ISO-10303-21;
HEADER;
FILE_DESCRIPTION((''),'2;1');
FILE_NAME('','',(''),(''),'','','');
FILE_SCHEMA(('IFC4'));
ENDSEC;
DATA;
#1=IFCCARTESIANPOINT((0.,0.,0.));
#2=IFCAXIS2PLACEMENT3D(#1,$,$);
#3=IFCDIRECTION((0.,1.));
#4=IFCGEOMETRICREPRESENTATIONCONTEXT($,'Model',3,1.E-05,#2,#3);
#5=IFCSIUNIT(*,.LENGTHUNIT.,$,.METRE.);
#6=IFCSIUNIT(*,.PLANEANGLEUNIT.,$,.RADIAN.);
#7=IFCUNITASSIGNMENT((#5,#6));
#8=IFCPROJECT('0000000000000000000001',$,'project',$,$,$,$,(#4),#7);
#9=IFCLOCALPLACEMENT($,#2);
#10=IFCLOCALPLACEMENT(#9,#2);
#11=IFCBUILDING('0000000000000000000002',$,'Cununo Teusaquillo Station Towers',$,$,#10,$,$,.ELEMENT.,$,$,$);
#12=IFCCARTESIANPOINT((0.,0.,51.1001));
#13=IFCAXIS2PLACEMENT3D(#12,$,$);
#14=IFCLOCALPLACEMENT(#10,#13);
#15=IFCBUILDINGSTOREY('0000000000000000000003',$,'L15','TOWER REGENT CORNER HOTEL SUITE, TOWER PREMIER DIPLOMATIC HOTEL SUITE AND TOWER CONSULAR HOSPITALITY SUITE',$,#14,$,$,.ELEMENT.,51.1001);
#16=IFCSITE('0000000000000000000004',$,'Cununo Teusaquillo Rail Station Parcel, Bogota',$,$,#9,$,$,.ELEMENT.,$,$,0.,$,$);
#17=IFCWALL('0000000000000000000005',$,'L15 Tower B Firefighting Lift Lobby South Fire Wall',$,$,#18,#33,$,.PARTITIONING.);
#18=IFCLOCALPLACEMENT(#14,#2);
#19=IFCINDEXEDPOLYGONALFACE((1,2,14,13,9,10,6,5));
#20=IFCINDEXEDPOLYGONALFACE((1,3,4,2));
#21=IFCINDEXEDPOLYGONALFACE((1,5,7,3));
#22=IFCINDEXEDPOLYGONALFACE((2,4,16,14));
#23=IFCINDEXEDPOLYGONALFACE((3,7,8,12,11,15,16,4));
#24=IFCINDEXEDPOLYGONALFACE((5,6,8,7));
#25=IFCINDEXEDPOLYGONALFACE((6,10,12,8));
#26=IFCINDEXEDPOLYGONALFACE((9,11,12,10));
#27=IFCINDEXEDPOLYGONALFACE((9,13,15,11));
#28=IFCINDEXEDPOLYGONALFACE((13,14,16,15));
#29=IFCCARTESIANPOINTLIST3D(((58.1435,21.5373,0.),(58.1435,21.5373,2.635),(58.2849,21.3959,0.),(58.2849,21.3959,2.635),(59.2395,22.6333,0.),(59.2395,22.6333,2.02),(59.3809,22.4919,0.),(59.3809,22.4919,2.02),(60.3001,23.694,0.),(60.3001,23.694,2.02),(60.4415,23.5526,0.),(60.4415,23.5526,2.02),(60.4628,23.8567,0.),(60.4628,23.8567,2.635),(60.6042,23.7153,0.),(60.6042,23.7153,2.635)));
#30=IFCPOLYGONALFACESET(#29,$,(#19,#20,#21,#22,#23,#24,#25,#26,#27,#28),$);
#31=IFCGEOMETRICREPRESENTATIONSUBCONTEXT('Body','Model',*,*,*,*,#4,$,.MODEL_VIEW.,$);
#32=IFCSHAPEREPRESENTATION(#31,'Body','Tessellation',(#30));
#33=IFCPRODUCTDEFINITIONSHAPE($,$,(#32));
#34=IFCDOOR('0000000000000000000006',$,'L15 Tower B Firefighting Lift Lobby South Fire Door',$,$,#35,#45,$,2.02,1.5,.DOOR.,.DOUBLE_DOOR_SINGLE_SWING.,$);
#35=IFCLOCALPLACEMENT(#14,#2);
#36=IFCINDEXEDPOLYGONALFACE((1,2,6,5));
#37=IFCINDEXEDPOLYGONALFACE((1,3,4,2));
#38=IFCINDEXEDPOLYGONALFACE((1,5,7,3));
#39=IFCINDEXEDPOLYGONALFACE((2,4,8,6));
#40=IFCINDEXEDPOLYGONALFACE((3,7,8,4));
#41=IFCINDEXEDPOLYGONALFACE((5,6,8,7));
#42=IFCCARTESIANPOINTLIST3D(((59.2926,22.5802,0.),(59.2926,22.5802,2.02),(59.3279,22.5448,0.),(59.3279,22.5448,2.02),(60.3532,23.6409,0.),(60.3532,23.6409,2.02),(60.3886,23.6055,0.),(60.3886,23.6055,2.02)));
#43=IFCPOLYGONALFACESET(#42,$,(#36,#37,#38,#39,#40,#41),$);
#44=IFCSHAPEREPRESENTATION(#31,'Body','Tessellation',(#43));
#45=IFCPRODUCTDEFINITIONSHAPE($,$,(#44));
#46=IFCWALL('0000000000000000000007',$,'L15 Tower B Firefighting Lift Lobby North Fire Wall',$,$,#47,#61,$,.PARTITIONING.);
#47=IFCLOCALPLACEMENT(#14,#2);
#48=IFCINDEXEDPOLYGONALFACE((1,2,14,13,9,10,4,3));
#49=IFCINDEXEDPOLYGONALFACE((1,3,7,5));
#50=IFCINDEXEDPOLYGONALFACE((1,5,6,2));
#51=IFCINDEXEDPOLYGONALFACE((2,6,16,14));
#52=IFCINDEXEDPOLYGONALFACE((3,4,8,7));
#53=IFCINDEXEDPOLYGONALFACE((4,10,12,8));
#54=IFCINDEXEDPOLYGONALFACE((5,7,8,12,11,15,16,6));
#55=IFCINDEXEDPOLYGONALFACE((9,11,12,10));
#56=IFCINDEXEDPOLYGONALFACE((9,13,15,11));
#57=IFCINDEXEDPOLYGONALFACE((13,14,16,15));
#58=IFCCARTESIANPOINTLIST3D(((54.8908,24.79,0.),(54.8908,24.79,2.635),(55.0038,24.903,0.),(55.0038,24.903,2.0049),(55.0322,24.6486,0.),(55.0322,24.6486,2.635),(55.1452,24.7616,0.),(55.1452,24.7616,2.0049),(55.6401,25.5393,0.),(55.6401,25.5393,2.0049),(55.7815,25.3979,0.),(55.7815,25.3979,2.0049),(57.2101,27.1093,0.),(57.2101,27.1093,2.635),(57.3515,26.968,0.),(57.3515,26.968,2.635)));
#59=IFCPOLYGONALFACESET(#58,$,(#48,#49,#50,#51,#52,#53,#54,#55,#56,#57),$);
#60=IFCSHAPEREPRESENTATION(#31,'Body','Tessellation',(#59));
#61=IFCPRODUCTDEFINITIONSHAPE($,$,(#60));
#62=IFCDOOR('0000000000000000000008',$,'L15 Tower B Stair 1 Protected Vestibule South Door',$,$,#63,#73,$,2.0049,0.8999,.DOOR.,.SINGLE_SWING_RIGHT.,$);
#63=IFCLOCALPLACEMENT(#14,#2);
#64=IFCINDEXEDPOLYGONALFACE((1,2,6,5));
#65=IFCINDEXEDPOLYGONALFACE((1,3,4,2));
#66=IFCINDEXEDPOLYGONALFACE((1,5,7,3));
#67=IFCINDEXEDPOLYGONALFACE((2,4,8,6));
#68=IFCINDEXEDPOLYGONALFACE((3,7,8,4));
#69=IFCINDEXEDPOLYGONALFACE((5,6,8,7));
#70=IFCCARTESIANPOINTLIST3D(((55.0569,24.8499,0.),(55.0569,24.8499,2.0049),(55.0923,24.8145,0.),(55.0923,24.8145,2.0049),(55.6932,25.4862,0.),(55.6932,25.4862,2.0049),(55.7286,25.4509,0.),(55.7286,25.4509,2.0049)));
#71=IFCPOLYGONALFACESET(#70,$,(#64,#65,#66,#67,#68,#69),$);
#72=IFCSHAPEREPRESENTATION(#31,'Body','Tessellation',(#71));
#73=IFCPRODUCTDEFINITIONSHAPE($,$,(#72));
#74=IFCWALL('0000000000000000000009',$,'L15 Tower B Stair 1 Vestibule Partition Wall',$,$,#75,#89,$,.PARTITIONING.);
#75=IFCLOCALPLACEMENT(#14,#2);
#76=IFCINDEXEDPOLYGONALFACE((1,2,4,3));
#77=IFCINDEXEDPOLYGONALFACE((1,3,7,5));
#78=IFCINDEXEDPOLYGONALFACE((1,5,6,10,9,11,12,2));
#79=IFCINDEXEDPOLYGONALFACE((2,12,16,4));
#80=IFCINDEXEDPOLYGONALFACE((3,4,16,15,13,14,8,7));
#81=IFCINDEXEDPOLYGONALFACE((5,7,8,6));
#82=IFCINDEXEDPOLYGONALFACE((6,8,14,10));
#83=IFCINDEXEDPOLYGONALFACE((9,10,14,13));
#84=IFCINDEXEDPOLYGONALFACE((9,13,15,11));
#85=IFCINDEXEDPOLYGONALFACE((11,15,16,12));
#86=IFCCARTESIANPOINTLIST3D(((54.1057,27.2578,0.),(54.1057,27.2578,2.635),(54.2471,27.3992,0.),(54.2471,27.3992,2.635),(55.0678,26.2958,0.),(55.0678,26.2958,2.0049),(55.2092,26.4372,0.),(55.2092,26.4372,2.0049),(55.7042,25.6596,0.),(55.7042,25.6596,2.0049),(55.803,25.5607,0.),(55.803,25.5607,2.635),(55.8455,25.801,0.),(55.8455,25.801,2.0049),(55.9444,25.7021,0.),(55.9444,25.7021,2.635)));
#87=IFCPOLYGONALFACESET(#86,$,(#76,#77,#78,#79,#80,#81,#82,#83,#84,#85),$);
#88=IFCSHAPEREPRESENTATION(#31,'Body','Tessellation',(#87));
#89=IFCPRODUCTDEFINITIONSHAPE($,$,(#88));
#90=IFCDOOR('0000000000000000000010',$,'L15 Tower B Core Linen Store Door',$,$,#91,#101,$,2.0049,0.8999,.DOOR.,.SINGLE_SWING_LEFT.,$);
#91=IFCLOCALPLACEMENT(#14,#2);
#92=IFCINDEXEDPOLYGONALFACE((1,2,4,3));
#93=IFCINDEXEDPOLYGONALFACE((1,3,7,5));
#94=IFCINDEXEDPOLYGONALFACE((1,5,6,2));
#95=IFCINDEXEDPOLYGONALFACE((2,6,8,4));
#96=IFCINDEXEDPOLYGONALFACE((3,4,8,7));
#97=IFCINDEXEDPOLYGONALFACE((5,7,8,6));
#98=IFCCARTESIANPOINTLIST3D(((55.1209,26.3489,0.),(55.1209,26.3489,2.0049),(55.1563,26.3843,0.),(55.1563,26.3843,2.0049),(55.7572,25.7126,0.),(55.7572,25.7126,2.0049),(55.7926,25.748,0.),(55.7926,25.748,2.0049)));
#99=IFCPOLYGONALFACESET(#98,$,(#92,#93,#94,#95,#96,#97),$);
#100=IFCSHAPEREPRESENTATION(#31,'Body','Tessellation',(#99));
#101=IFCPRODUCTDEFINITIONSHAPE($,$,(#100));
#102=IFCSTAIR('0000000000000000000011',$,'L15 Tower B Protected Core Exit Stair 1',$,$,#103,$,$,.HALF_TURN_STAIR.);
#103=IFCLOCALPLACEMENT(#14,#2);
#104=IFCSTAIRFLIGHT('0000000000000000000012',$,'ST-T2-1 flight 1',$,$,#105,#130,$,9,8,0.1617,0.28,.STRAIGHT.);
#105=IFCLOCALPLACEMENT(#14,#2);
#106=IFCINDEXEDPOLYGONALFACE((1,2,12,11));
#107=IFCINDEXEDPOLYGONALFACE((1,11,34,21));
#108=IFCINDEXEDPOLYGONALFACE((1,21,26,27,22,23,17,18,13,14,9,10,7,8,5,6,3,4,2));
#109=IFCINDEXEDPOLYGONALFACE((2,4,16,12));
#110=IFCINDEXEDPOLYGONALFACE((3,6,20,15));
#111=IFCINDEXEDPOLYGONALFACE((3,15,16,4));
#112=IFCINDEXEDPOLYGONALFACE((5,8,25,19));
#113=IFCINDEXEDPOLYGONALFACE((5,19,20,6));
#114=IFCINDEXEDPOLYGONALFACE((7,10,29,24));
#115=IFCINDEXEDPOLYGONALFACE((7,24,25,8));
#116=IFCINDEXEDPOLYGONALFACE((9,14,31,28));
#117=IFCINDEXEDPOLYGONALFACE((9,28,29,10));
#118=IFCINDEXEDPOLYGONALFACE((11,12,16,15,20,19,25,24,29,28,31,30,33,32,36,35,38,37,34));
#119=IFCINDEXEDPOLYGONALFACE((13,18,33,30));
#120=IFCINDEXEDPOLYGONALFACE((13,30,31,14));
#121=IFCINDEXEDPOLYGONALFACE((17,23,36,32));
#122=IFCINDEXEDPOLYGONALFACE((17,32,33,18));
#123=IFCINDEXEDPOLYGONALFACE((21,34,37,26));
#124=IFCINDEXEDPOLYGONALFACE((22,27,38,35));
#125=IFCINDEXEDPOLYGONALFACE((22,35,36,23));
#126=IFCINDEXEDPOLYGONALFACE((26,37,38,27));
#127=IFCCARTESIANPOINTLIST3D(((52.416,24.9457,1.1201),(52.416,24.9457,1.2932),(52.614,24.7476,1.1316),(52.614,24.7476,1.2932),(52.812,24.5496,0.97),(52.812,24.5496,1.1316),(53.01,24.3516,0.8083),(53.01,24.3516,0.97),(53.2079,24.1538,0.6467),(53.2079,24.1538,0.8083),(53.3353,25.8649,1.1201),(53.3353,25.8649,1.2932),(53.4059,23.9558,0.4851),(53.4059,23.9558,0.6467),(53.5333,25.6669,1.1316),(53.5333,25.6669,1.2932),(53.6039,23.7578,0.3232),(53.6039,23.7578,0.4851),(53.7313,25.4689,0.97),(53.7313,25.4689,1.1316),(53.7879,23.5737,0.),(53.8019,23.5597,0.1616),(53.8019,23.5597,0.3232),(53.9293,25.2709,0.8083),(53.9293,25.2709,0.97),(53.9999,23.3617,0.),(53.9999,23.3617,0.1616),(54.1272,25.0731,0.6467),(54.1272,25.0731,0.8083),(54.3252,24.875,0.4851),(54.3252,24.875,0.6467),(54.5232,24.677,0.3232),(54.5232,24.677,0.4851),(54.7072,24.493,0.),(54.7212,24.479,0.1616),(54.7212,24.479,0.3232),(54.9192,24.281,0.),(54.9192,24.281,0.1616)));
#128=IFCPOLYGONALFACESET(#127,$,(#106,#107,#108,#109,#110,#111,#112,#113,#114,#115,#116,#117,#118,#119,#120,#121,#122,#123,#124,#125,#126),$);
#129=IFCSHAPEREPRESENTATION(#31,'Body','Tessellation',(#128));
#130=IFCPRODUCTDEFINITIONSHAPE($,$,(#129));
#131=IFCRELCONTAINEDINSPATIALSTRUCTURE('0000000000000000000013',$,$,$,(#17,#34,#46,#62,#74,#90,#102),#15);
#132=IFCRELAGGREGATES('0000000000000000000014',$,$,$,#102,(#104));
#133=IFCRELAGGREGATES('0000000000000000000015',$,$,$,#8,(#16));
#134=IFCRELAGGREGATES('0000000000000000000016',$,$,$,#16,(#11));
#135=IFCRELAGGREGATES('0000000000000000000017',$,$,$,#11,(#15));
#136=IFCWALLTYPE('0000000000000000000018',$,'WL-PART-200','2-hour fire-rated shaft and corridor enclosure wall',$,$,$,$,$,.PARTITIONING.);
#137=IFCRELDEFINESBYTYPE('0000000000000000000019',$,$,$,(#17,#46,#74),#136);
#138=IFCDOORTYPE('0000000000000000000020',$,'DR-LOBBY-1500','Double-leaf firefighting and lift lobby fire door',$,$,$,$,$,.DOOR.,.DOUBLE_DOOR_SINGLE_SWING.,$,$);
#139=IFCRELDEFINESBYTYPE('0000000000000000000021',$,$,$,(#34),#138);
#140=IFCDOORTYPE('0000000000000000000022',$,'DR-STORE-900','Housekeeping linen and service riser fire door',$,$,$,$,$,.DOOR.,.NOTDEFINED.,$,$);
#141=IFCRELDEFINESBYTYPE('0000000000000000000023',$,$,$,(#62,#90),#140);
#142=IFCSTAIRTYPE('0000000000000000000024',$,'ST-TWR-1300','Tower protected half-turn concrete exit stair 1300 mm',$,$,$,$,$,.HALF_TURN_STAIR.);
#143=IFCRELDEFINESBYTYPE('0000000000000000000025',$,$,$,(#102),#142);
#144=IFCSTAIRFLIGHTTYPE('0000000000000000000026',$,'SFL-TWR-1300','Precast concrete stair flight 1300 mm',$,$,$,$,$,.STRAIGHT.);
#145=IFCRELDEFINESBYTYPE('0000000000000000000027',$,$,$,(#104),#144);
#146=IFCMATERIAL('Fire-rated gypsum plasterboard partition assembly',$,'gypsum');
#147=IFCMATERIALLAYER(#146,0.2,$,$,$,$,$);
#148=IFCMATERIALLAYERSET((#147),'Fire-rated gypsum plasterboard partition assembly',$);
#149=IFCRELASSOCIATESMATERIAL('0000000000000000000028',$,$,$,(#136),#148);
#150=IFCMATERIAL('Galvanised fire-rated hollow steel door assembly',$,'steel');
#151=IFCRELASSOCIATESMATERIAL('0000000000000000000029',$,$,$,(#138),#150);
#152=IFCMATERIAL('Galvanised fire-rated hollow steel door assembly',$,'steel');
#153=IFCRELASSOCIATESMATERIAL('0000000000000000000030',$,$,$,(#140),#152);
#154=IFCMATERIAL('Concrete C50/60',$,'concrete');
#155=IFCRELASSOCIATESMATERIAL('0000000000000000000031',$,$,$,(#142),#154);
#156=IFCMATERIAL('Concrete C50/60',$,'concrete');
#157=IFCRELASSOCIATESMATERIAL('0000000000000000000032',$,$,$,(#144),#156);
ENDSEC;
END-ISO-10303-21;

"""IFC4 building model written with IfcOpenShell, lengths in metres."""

from ifc_helpers import new_model, si_unit, direction, frame, frame_2d, origin, place, context, subcontext, project, spatial, polyline, rectangle, outline, extrude, source, transform, mapped, material, layer, layer_set, type_object, element, fill, aggregate, save


model = new_model("IFC4")

# Units and contexts
model_context = context("Model", 3, precision=1e-05, world=origin(), true_north=direction((0.0, 1.0)))
body_context = subcontext(model_context, "Body", "Model", "MODEL_VIEW")
ifc_project = project(units=[si_unit("LENGTHUNIT", "METRE"), si_unit("PLANEANGLEUNIT", "RADIAN")], contexts=[model_context])

# Site, building, storey
site_placement = place(None, origin())
site = spatial("IfcSite", under=ifc_project, at=site_placement, Name="Cununo Teusaquillo Rail Station Parcel, Bogota", CompositionType="ELEMENT", RefElevation=0.0)
building_placement = place(site_placement, origin())
building = spatial("IfcBuilding", under=site, at=building_placement, Name="Cununo Teusaquillo Station Towers", CompositionType="ELEMENT")
storey_placement = place(building_placement, frame((0.0, 0.0, 51.1001)))
storey = spatial("IfcBuildingStorey", under=building, at=storey_placement, Name="L15", Description="TOWER REGENT CORNER HOTEL SUITE, TOWER PREMIER DIPLOMATIC HOTEL SUITE AND TOWER CONSULAR HOSPITALITY SUITE", CompositionType="ELEMENT", Elevation=51.1001)

# Shared definitions
shared_shape_1 = source(origin(), body_context, "Body", "SweptSolid", [
    extrude(rectangle(XDim=0.8999, YDim=2.0049, at=frame_2d((0.45, 1.0024))), frame((0.0, 0.0249, 0.0), z_axis=(0.0, -1.0, 0.0), x_axis=(1.0, 0.0, 0.0)), (0.0, 0.0, 1.0), 0.05),
])

# Walls, openings, doors
ifc_material_1 = material(Name="Fire-rated gypsum plasterboard partition assembly", Category="gypsum")
ifc_layer_1 = layer(ifc_material_1, 0.2)
ifc_layer_set_1 = layer_set([ifc_layer_1], Name="Fire-rated gypsum plasterboard partition assembly")
wall_type_1 = type_object("IfcWallType", Name="WL-PART-200", Description="2-hour fire-rated shaft and corridor enclosure wall", PredefinedType="PARTITIONING", material=ifc_layer_set_1)
wall_1_placement = place(storey_placement, frame((58.2141, 21.4666, 0.0), z_axis=(0.0, 0.0, 1.0), x_axis=(0.707107, 0.707107, 0.0)))
wall_1 = element("IfcWall", 1, at=wall_1_placement, inside=storey, type_object=wall_type_1, Name="L15 Tower B Firefighting Lift Lobby South Fire Wall", PredefinedType="PARTITIONING", context=body_context, shape_type="SweptSolid", body=[
    extrude(rectangle(XDim=3.28, YDim=0.2, at=frame_2d((1.6401, 0.0))), origin(), (0.0, 0.0, 1.0), 2.635),
])
shared_shape_2 = source(origin(), body_context, "Body", "SweptSolid", [
    extrude(rectangle(XDim=1.5, YDim=2.02, at=frame_2d((0.75, 1.01))), frame((0.0, 0.1099, 0.0), z_axis=(0.0, -1.0, 0.0), x_axis=(1.0, 0.0, 0.0)), (0.0, 0.0, 1.0), 0.22),
])
opening_1_placement = place(wall_1_placement, frame((1.55, 0.0, 0.0)))
opening_1 = element("IfcOpeningElement", 2, at=opening_1_placement, cuts=wall_1, PredefinedType="OPENING", context=body_context, shape_type="MappedRepresentation", body=[
    mapped(shared_shape_2, transform((0.0, 0.0, 0.0), x_axis=(1.0, 0.0, 0.0), y_axis=(0.0, 1.0, 0.0), z_axis=(0.0, 0.0, 1.0), scale=1.0)),
])
ifc_material_2 = material(Name="Galvanised fire-rated hollow steel door assembly", Category="steel")
door_type_1 = type_object("IfcDoorType", Name="DR-LOBBY-1500", Description="Double-leaf firefighting and lift lobby fire door", OperationType="DOUBLE_DOOR_SINGLE_SWING", PredefinedType="DOOR", material=ifc_material_2)
shared_shape_3 = source(origin(), body_context, "Body", "SweptSolid", [
    extrude(rectangle(XDim=1.5, YDim=2.02, at=frame_2d((0.75, 1.01))), frame((0.0, 0.0249, 0.0), z_axis=(0.0, -1.0, 0.0), x_axis=(1.0, 0.0, 0.0)), (0.0, 0.0, 1.0), 0.05),
])
door_1_placement = place(opening_1_placement, origin())
door_1 = element("IfcDoor", 3, at=door_1_placement, inside=storey, type_object=door_type_1, Name="L15 Tower B Firefighting Lift Lobby South Fire Door", OperationType="DOUBLE_DOOR_SINGLE_SWING", OverallHeight=2.02, OverallWidth=1.5, PredefinedType="DOOR", context=body_context, shape_type="MappedRepresentation", body=[
    mapped(shared_shape_3, transform((0.0, 0.0, 0.0), x_axis=(1.0, 0.0, 0.0), y_axis=(0.0, 1.0, 0.0), z_axis=(0.0, 0.0, 1.0), scale=1.0)),
])
fill(opening_1, door_1)
wall_2_placement = place(storey_placement, frame((54.9614, 24.7192, 0.0), z_axis=(0.0, 0.0, 1.0), x_axis=(0.707107, 0.707107, 0.0)))
wall_2 = element("IfcWall", 4, at=wall_2_placement, inside=storey, type_object=wall_type_1, Name="L15 Tower B Firefighting Lift Lobby North Fire Wall", PredefinedType="PARTITIONING", context=body_context, shape_type="SweptSolid", body=[
    extrude(rectangle(XDim=3.28, YDim=0.2, at=frame_2d((1.6401, 0.0))), origin(), (0.0, 0.0, 1.0), 2.635),
])
shared_shape_4 = source(origin(), body_context, "Body", "SweptSolid", [
    extrude(rectangle(XDim=0.8999, YDim=2.0049, at=frame_2d((0.45, 1.0024))), frame((0.0, 0.1099, 0.0), z_axis=(0.0, -1.0, 0.0), x_axis=(1.0, 0.0, 0.0)), (0.0, 0.0, 1.0), 0.22),
])
opening_2_placement = place(wall_2_placement, frame((0.1599, 0.0, 0.0)))
opening_2 = element("IfcOpeningElement", 5, at=opening_2_placement, cuts=wall_2, PredefinedType="OPENING", context=body_context, shape_type="MappedRepresentation", body=[
    mapped(shared_shape_4, transform((0.0, 0.0, 0.0), x_axis=(1.0, 0.0, 0.0), y_axis=(0.0, 1.0, 0.0), z_axis=(0.0, 0.0, 1.0), scale=1.0)),
])
ifc_material_3 = material(Name="Galvanised fire-rated hollow steel door assembly", Category="steel")
door_type_2 = type_object("IfcDoorType", Name="DR-STORE-900", Description="Housekeeping linen and service riser fire door", OperationType="NOTDEFINED", PredefinedType="DOOR", material=ifc_material_3)
door_2_placement = place(opening_2_placement, origin())
door_2 = element("IfcDoor", 6, at=door_2_placement, inside=storey, type_object=door_type_2, Name="L15 Tower B Stair 1 Protected Vestibule South Door", OperationType="SINGLE_SWING_RIGHT", OverallHeight=2.0049, OverallWidth=0.8999, PredefinedType="DOOR", context=body_context, shape_type="MappedRepresentation", body=[
    mapped(shared_shape_1, transform((0.0, 0.0, 0.0), x_axis=(1.0, 0.0, 0.0), y_axis=(0.0, 1.0, 0.0), z_axis=(0.0, 0.0, 1.0), scale=1.0)),
])
fill(opening_2, door_2)
wall_3_placement = place(storey_placement, frame((55.8738, 25.6313, 0.0), z_axis=(0.0, 0.0, 1.0), x_axis=(-0.707158, 0.707056, 0.0)))
wall_3 = element("IfcWall", 7, at=wall_3_placement, inside=storey, type_object=wall_type_1, Name="L15 Tower B Stair 1 Vestibule Partition Wall", PredefinedType="PARTITIONING", context=body_context, shape_type="SweptSolid", body=[
    extrude(rectangle(XDim=2.4001, YDim=0.2, at=frame_2d((1.2002, 0.0))), origin(), (0.0, 0.0, 1.0), 2.635),
])
opening_3_placement = place(wall_3_placement, frame((0.1399, 0.0, 0.0)))
opening_3 = element("IfcOpeningElement", 8, at=opening_3_placement, cuts=wall_3, PredefinedType="OPENING", context=body_context, shape_type="MappedRepresentation", body=[
    mapped(shared_shape_4, transform((0.0, 0.0, 0.0), x_axis=(1.0, 0.0, 0.0), y_axis=(0.0, 1.0, 0.0), z_axis=(0.0, 0.0, 1.0), scale=1.0)),
])
door_3_placement = place(opening_3_placement, origin())
door_3 = element("IfcDoor", 9, at=door_3_placement, inside=storey, type_object=door_type_2, Name="L15 Tower B Core Linen Store Door", OperationType="SINGLE_SWING_LEFT", OverallHeight=2.0049, OverallWidth=0.8999, PredefinedType="DOOR", context=body_context, shape_type="MappedRepresentation", body=[
    mapped(shared_shape_1, transform((0.0, 0.0, 0.0), x_axis=(1.0, 0.0, 0.0), y_axis=(0.0, 1.0, 0.0), z_axis=(0.0, 0.0, 1.0), scale=1.0)),
])
fill(opening_3, door_3)

# Stair, stair flight
ifc_material_4 = material(Name="Concrete C50/60", Category="concrete")
stair_type = type_object("IfcStairType", Name="ST-TWR-1300", Description="Tower protected half-turn concrete exit stair 1300 mm", PredefinedType="HALF_TURN_STAIR", material=ifc_material_4)
stair_placement = place(storey_placement, origin())
stair = element("IfcStair", 10, at=stair_placement, inside=storey, type_object=stair_type, Name="L15 Tower B Protected Core Exit Stair 1", PredefinedType="HALF_TURN_STAIR")
ifc_material_5 = material(Name="Concrete C50/60", Category="concrete")
stair_flight_type = type_object("IfcStairFlightType", Name="SFL-TWR-1300", Description="Precast concrete stair flight 1300 mm", PredefinedType="STRAIGHT", material=ifc_material_5)
stair_flight_placement = place(storey_placement, frame((54.4595, 23.8213, 0.0), z_axis=(0.0, 0.0, 1.0), x_axis=(-0.707107, 0.707107, 0.0)))
stair_flight = element("IfcStairFlight", 11, at=stair_flight_placement, type_object=stair_flight_type, Name="ST-T2-1 flight 1", NumberOfRisers=9, NumberOfTreads=8, PredefinedType="STRAIGHT", RiserHeight=0.1617, TreadLength=0.28, context=body_context, shape_type="SweptSolid", body=[
    extrude(outline(polyline([(0.0, 0.0), (0.0, 0.1616), (0.28, 0.1616), (0.28, 0.3232), (0.5601, 0.3232), (0.5601, 0.4851), (0.8401, 0.4851), (0.8401, 0.6467), (1.1201, 0.6467), (1.1201, 0.8083), (1.3999, 0.8083), (1.3999, 0.97), (1.6799, 0.97), (1.6799, 1.1316), (1.96, 1.1316), (1.96, 1.2932), (2.24, 1.2932), (2.24, 1.4551), (2.24, 1.1201), (0.2998, 0.0), (0.0, 0.0)])), frame((0.0, 0.6499, 0.0), z_axis=(0.0, -1.0, 0.0), x_axis=(1.0, 0.0, 0.0)), (0.0, 0.0, 1.0), 1.3),
])
aggregate(stair, [stair_flight])

save(model, "model.ifc")
